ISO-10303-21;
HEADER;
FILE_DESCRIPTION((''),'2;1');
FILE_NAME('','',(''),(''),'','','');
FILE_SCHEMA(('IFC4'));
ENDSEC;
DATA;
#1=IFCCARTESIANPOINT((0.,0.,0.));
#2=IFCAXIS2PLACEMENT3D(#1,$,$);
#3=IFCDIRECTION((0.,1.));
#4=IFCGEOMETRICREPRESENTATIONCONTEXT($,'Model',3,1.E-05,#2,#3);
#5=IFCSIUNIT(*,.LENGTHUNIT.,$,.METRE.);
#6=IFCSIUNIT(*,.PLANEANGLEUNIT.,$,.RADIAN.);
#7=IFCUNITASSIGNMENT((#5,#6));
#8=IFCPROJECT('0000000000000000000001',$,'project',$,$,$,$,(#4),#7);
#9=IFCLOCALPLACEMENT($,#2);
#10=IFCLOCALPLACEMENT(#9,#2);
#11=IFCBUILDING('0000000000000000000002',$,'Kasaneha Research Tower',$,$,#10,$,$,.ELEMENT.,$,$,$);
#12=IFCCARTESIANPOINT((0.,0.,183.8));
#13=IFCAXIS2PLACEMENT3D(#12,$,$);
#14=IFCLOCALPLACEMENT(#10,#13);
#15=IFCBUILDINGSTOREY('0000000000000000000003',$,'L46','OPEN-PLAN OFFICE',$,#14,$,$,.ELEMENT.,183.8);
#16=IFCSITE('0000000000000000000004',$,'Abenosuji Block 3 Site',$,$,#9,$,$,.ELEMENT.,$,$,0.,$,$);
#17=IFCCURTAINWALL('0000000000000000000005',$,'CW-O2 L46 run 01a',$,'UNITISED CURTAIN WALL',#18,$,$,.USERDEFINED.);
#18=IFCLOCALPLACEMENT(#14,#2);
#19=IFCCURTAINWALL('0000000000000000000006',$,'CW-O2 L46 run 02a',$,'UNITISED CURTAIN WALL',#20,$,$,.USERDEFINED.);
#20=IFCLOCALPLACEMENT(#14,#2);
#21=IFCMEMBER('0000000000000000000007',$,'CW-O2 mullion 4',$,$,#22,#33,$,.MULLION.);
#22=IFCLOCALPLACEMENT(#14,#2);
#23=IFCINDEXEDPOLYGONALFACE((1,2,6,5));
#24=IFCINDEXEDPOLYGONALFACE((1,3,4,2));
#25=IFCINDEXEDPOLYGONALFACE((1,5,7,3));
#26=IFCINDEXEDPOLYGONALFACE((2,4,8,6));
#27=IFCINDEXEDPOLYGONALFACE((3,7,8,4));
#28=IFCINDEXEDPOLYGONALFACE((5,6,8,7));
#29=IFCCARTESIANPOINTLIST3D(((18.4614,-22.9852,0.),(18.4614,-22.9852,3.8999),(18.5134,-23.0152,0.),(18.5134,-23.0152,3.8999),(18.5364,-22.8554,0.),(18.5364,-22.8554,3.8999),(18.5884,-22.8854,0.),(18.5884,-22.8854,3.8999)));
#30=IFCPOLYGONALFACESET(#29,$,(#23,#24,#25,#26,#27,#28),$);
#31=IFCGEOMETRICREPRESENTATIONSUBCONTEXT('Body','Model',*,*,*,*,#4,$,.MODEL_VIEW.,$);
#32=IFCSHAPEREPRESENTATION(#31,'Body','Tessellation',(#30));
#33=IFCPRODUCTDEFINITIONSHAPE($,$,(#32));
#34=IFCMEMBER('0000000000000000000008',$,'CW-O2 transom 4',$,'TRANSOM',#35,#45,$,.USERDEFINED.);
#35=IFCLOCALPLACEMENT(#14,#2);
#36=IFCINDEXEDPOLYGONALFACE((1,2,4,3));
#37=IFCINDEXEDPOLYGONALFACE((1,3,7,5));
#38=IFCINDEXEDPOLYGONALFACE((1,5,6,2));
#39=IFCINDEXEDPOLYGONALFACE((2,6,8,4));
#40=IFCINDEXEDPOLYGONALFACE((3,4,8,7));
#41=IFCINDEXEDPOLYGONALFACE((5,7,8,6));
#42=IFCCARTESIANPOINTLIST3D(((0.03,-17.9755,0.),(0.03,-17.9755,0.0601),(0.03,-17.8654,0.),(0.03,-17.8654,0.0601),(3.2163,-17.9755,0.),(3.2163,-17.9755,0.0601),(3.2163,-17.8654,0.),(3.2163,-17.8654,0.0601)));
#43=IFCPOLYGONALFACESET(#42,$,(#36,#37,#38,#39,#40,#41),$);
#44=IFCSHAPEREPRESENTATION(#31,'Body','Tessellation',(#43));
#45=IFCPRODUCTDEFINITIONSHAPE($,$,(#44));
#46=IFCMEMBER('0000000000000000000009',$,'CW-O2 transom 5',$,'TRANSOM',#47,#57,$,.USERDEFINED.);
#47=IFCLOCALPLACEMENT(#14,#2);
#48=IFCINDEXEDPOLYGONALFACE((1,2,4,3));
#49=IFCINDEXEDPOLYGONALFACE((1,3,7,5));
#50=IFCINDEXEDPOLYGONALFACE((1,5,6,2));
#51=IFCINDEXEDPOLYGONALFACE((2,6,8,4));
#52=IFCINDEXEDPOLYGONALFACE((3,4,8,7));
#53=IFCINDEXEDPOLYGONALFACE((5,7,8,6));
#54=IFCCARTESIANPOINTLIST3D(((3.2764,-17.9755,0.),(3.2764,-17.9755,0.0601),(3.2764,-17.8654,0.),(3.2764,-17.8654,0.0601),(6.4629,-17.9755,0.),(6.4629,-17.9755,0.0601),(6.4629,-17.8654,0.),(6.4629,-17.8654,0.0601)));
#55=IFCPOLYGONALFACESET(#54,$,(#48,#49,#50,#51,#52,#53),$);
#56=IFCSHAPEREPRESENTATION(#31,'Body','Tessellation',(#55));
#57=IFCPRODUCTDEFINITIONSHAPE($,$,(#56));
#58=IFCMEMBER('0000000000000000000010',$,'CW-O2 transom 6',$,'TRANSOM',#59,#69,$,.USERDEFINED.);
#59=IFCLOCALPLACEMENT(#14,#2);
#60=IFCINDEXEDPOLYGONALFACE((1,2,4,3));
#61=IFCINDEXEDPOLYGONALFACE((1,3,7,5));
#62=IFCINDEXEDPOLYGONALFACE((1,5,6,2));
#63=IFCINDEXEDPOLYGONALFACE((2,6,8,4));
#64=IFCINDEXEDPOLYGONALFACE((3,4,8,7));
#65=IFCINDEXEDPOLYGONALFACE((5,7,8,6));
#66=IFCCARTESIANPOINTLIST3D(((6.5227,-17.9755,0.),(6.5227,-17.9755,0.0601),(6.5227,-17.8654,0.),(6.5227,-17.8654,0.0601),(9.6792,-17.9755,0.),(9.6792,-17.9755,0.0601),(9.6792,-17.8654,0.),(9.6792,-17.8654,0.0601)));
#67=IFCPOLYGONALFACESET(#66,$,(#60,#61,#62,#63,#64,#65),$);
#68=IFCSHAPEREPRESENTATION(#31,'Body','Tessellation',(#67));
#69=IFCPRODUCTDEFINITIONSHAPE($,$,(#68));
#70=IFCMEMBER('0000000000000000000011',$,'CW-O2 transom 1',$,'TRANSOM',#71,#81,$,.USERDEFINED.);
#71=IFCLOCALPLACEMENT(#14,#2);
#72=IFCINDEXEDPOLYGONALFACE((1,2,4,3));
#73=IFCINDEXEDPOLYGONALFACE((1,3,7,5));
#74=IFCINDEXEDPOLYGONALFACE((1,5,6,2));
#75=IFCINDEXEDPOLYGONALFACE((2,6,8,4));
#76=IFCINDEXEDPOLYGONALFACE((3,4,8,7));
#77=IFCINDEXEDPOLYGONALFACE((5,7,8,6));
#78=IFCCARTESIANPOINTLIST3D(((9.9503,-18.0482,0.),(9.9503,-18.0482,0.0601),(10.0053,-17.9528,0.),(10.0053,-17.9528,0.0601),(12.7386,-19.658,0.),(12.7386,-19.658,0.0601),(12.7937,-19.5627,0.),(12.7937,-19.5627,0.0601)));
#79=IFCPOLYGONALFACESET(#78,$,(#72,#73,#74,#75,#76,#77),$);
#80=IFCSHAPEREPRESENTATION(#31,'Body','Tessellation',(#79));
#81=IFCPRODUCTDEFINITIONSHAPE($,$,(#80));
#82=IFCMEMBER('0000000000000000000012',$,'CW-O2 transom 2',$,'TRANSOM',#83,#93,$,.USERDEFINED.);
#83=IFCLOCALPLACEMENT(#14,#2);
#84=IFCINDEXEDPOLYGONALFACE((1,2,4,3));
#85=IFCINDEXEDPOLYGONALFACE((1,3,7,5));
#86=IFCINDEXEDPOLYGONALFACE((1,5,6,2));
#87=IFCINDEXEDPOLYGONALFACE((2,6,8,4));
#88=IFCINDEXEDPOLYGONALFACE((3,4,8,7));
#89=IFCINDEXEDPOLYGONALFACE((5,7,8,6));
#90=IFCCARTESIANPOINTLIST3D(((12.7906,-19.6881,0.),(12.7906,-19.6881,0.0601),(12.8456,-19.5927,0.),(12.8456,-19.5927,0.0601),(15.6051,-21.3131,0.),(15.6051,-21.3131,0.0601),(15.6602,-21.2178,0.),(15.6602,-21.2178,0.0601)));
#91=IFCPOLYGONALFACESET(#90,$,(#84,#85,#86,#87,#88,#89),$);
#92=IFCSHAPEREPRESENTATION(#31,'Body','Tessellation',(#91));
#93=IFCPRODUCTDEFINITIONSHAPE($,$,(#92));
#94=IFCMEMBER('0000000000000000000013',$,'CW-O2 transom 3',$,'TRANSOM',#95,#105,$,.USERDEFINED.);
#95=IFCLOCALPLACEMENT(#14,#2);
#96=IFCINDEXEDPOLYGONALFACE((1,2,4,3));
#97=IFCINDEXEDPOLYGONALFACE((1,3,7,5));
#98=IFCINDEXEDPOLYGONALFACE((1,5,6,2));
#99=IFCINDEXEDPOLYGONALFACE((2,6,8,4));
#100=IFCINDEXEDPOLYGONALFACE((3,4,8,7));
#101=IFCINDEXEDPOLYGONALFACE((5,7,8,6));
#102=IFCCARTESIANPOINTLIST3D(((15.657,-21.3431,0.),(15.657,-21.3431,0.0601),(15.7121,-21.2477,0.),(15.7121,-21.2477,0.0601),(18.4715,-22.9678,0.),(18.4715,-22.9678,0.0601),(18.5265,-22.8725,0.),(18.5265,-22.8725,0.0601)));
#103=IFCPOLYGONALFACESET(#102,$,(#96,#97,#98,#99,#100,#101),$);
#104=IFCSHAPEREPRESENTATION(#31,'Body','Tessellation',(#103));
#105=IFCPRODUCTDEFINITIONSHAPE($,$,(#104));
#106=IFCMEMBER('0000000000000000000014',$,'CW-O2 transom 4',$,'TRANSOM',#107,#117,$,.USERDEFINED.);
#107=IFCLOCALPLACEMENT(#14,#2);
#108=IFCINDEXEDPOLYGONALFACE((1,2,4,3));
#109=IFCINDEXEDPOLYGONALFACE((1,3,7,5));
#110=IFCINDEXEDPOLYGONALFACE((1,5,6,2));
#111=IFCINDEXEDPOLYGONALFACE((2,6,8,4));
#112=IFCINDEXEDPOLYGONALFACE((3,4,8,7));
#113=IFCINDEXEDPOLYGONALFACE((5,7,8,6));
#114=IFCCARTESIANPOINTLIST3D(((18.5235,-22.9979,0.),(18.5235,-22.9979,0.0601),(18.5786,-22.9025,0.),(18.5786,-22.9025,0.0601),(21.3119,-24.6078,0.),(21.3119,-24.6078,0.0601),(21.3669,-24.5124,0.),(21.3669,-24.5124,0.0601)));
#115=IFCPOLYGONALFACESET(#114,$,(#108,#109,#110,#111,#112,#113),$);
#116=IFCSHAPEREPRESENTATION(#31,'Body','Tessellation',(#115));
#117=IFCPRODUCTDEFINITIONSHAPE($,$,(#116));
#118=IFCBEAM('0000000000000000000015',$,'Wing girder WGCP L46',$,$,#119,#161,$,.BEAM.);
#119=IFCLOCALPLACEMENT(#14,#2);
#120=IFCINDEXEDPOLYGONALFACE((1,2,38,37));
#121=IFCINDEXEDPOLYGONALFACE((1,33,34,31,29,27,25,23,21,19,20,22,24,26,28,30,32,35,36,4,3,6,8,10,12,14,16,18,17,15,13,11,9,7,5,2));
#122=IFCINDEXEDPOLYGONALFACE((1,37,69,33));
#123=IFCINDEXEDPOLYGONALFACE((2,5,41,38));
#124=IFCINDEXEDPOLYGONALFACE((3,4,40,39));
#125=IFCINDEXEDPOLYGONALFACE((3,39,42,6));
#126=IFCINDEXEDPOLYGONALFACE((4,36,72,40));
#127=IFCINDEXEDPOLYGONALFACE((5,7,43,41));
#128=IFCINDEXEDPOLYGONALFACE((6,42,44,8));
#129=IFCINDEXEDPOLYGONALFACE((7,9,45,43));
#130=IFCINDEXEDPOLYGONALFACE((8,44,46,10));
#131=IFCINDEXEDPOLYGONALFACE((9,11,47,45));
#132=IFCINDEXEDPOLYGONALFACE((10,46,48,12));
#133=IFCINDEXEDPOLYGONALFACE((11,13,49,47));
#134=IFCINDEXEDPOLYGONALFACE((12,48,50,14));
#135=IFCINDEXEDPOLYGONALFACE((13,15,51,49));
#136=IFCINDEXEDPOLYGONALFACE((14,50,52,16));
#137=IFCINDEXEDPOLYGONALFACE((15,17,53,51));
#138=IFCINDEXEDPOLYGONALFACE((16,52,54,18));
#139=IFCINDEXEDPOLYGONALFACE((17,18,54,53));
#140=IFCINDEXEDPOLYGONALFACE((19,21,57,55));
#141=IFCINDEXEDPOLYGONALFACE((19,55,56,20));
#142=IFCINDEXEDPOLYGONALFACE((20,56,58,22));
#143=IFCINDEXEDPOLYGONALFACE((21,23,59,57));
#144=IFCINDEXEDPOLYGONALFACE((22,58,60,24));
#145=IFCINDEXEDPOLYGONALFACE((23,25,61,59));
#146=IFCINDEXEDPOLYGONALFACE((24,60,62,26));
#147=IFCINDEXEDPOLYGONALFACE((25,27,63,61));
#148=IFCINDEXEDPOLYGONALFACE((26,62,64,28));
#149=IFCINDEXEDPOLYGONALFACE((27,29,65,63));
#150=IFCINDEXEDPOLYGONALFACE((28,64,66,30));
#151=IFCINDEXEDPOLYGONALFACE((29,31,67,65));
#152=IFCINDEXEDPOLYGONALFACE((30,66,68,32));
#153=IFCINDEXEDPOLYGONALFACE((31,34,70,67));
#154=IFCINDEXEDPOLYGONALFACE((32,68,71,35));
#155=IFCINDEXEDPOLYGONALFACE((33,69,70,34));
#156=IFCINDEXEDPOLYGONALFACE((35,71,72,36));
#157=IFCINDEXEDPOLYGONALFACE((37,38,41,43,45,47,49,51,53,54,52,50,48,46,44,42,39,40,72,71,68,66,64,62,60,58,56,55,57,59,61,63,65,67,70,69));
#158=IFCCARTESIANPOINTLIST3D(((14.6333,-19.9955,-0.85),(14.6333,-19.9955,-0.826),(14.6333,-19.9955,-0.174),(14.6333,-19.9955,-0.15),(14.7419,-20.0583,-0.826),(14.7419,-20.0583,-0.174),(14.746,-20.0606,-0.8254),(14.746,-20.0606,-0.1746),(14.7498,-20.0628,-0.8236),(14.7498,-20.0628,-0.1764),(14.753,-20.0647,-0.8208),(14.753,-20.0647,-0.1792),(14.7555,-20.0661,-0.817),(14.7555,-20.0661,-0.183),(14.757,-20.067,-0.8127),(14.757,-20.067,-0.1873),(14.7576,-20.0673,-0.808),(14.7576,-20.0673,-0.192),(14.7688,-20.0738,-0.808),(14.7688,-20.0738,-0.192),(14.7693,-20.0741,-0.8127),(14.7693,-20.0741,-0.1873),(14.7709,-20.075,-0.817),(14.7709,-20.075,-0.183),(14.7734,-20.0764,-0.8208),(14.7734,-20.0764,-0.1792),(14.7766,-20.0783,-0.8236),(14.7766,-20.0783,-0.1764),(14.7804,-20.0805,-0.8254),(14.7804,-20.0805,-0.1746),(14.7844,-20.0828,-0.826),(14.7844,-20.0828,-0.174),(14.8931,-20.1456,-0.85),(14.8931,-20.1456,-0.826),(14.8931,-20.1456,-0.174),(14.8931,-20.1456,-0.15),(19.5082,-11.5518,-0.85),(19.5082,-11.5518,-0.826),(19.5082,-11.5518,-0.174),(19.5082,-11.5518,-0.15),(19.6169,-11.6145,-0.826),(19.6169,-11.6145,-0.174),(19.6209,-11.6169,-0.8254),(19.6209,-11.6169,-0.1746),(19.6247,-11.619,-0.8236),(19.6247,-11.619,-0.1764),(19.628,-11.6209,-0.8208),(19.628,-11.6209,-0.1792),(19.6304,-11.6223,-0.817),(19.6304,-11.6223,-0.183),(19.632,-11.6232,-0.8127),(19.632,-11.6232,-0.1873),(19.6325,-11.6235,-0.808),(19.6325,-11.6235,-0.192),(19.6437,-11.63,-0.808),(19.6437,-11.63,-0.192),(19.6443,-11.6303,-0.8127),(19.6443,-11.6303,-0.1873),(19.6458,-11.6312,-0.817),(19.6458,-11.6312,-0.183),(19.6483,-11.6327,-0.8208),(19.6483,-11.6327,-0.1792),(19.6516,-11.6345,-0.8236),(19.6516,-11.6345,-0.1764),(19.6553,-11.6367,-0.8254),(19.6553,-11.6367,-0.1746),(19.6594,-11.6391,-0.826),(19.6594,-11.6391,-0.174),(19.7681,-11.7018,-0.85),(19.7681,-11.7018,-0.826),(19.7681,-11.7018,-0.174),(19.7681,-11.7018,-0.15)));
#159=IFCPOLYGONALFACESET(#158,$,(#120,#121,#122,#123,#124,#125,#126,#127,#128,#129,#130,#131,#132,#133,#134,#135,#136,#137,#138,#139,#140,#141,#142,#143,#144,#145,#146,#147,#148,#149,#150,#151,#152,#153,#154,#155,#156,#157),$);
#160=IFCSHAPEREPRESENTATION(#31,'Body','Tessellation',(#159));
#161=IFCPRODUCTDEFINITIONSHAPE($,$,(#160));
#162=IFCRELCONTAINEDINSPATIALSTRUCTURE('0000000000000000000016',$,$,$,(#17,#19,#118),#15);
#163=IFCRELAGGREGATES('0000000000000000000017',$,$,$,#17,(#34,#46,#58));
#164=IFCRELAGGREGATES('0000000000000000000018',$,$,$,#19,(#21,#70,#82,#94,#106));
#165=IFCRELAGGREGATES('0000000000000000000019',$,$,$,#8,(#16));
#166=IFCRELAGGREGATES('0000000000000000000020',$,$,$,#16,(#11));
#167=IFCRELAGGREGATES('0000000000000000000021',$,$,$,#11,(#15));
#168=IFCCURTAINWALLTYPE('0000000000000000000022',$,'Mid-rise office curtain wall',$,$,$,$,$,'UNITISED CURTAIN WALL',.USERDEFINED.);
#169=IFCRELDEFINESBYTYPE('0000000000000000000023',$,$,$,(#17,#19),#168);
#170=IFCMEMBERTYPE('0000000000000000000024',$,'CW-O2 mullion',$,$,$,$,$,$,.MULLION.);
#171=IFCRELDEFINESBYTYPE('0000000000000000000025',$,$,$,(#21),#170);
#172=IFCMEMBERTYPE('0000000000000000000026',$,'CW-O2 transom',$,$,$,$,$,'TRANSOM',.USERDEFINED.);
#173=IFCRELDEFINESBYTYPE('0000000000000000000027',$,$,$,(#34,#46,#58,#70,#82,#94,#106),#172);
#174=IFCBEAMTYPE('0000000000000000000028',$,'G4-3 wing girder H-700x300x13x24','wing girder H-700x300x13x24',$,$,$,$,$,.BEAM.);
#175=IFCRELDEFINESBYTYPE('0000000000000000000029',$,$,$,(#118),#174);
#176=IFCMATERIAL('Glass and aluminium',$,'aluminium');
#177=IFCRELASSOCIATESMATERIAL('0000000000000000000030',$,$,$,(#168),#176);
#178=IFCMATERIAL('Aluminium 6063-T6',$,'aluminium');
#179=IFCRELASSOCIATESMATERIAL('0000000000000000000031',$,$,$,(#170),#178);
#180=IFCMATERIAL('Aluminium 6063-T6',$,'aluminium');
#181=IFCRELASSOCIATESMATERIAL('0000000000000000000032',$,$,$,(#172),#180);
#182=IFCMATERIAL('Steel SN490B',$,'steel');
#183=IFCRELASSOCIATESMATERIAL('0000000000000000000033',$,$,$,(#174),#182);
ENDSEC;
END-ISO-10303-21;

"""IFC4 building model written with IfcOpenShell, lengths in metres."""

from ifc_helpers import new_model, si_unit, direction, frame, origin, origin_2d, place, context, subcontext, project, spatial, rectangle, i_section, extrude, material, material_profile, profile_set, type_object, element, aggregate, save


model = new_model("IFC4")

# Units and contexts
model_context = context("Model", 3, precision=1e-05, world=origin(), true_north=direction((0.0, 1.0)))
body_context = subcontext(model_context, "Body", "Model", "MODEL_VIEW")
ifc_project = project(units=[si_unit("LENGTHUNIT", "METRE"), si_unit("PLANEANGLEUNIT", "RADIAN")], contexts=[model_context])

# Site, building, storey
site_placement = place(None, origin())
site = spatial("IfcSite", under=ifc_project, at=site_placement, Name="Abenosuji Block 3 Site", CompositionType="ELEMENT", RefElevation=0.0)
building_placement = place(site_placement, origin())
building = spatial("IfcBuilding", under=site, at=building_placement, Name="Kasaneha Research Tower", CompositionType="ELEMENT")
storey_placement = place(building_placement, frame((0.0, 0.0, 183.8)))
storey = spatial("IfcBuildingStorey", under=building, at=storey_placement, Name="L46", Description="OPEN-PLAN OFFICE", CompositionType="ELEMENT", Elevation=183.8)

# Curtain walls, member
ifc_material_1 = material(Name="Glass and aluminium", Category="aluminium")
curtain_wall_type = type_object("IfcCurtainWallType", Name="Mid-rise office curtain wall", ElementType="UNITISED CURTAIN WALL", PredefinedType="USERDEFINED", material=ifc_material_1)
curtain_wall_1_placement = place(storey_placement, origin())
curtain_wall_1 = element("IfcCurtainWall", 1, at=curtain_wall_1_placement, inside=storey, type_object=curtain_wall_type, Name="CW-O2 L46 run 01a", ObjectType="UNITISED CURTAIN WALL", PredefinedType="USERDEFINED")
ifc_material_2 = material(Name="Aluminium 6063-T6", Category="aluminium")
ifc_material_profile_1 = material_profile(ifc_material_2, rectangle(XDim=0.0601, YDim=0.1499, at=origin_2d()), Name="CW-O2 mullion 60x150")
ifc_profile_set_1 = profile_set([ifc_material_profile_1], Name="Aluminium 6063-T6")
member_type_1 = type_object("IfcMemberType", Name="CW-O2 mullion", PredefinedType="MULLION", material=ifc_profile_set_1)
curtain_wall_2_placement = place(storey_placement, origin())
curtain_wall_2 = element("IfcCurtainWall", 2, at=curtain_wall_2_placement, inside=storey, type_object=curtain_wall_type, Name="CW-O2 L46 run 02a", ObjectType="UNITISED CURTAIN WALL", PredefinedType="USERDEFINED")
member_1_placement = place(storey_placement, frame((18.5249, -22.9353, 0.0), z_axis=(0.0, 0.0, 1.0), x_axis=(0.866025, -0.5, 0.0)))
member_1 = element("IfcMember", 3, at=member_1_placement, type_object=member_type_1, Name="CW-O2 mullion 4", PredefinedType="MULLION", context=body_context, shape_type="SweptSolid", body=[
    extrude(rectangle(XDim=0.0601, YDim=0.1499, at=origin_2d()), origin(), (0.0, 0.0, 1.0), 3.8999),
])

# Members
ifc_material_3 = material(Name="Aluminium 6063-T6", Category="aluminium")
ifc_material_profile_2 = material_profile(ifc_material_3, rectangle(XDim=0.1101, YDim=0.0601, at=origin_2d()), Name="CW-O2 transom 110x60")
ifc_profile_set_2 = profile_set([ifc_material_profile_2], Name="Aluminium 6063-T6")
member_type_2 = type_object("IfcMemberType", Name="CW-O2 transom", ElementType="TRANSOM", PredefinedType="USERDEFINED", material=ifc_profile_set_2)
member_2_placement = place(storey_placement, frame((0.03, -17.9204, 0.03), z_axis=(1.0, 0.0, 0.0), x_axis=(0.0, 1.0, 0.0)))
member_2 = element("IfcMember", 4, at=member_2_placement, type_object=member_type_2, Name="CW-O2 transom 4", ObjectType="TRANSOM", PredefinedType="USERDEFINED", context=body_context, shape_type="SweptSolid", body=[
    extrude(rectangle(XDim=0.1101, YDim=0.0601, at=origin_2d()), origin(), (0.0, 0.0, 1.0), 3.1863),
])
member_3_placement = place(storey_placement, frame((3.2764, -17.9204, 0.03), z_axis=(1.0, 0.0, 0.0), x_axis=(0.0, 1.0, 0.0)))
member_3 = element("IfcMember", 5, at=member_3_placement, type_object=member_type_2, Name="CW-O2 transom 5", ObjectType="TRANSOM", PredefinedType="USERDEFINED", context=body_context, shape_type="SweptSolid", body=[
    extrude(rectangle(XDim=0.1101, YDim=0.0601, at=origin_2d()), origin(), (0.0, 0.0, 1.0), 3.1865),
])
member_4_placement = place(storey_placement, frame((6.5227, -17.9204, 0.03), z_axis=(1.0, 0.0, 0.0), x_axis=(0.0, 1.0, 0.0)))
member_4 = element("IfcMember", 6, at=member_4_placement, type_object=member_type_2, Name="CW-O2 transom 6", ObjectType="TRANSOM", PredefinedType="USERDEFINED", context=body_context, shape_type="SweptSolid", body=[
    extrude(rectangle(XDim=0.1101, YDim=0.0601, at=origin_2d()), origin(), (0.0, 0.0, 1.0), 3.1565),
])
member_5_placement = place(storey_placement, frame((9.9778, -18.0005, 0.03), z_axis=(0.866023, -0.500005, 0.0), x_axis=(0.500005, 0.866023, 0.0)))
member_5 = element("IfcMember", 7, at=member_5_placement, type_object=member_type_2, Name="CW-O2 transom 1", ObjectType="TRANSOM", PredefinedType="USERDEFINED", context=body_context, shape_type="SweptSolid", body=[
    extrude(rectangle(XDim=0.1101, YDim=0.0601, at=origin_2d()), origin(), (0.0, 0.0, 1.0), 3.2197),
])
member_6_placement = place(storey_placement, frame((12.8181, -19.6404, 0.03), z_axis=(0.866015, -0.500017, 0.0), x_axis=(0.500017, 0.866015, 0.0)))
member_6 = element("IfcMember", 8, at=member_6_placement, type_object=member_type_2, Name="CW-O2 transom 2", ObjectType="TRANSOM", PredefinedType="USERDEFINED", context=body_context, shape_type="SweptSolid", body=[
    extrude(rectangle(XDim=0.1101, YDim=0.0601, at=origin_2d()), origin(), (0.0, 0.0, 1.0), 3.25),
])
member_7_placement = place(storey_placement, frame((15.6846, -21.2954, 0.03), z_axis=(0.866048, -0.499961, 0.0), x_axis=(0.499961, 0.866048, 0.0)))
member_7 = element("IfcMember", 9, at=member_7_placement, type_object=member_type_2, Name="CW-O2 transom 3", ObjectType="TRANSOM", PredefinedType="USERDEFINED", context=body_context, shape_type="SweptSolid", body=[
    extrude(rectangle(XDim=0.1101, YDim=0.0601, at=origin_2d()), origin(), (0.0, 0.0, 1.0), 3.2498),
])
member_8_placement = place(storey_placement, frame((18.551, -22.9502, 0.03), z_axis=(0.866023, -0.500005, 0.0), x_axis=(0.500005, 0.866023, 0.0)))
member_8 = element("IfcMember", 10, at=member_8_placement, type_object=member_type_2, Name="CW-O2 transom 4", ObjectType="TRANSOM", PredefinedType="USERDEFINED", context=body_context, shape_type="SweptSolid", body=[
    extrude(rectangle(XDim=0.1101, YDim=0.0601, at=origin_2d()), origin(), (0.0, 0.0, 1.0), 3.2197),
])

# Beam
ifc_material_4 = material(Name="Steel SN490B", Category="steel")
ifc_material_profile_3 = material_profile(ifc_material_4, i_section(OverallWidth=0.3, OverallDepth=0.7, WebThickness=0.0129, FlangeThickness=0.0239, FilletRadius=0.0181, at=origin_2d()), Name="H-700x300x13x24")
ifc_profile_set_3 = profile_set([ifc_material_profile_3], Name="Steel SN490B")
beam_type_1 = type_object("IfcBeamType", Name="G4-3 wing girder H-700x300x13x24", Description="wing girder H-700x300x13x24", PredefinedType="BEAM", material=ifc_profile_set_3)
beam_1_placement = place(storey_placement, frame((14.7632, -20.0706, -0.5), z_axis=(0.499996, 0.866028, 0.0), x_axis=(-0.866028, 0.499996, 0.0)))
element("IfcBeam", 11, at=beam_1_placement, inside=storey, type_object=beam_type_1, Name="Wing girder WGCP L46", PredefinedType="BEAM", context=body_context, shape_type="SweptSolid", body=[
    extrude(i_section(OverallWidth=0.3, OverallDepth=0.7, WebThickness=0.0129, FlangeThickness=0.0239, FilletRadius=0.0181, at=origin_2d()), origin(), (0.0, 0.0, 1.0), 9.75),
])

aggregate(curtain_wall_1, [member_2, member_3, member_4])
aggregate(curtain_wall_2, [member_1, member_5, member_6, member_7, member_8])

save(model, "model.ifc")
